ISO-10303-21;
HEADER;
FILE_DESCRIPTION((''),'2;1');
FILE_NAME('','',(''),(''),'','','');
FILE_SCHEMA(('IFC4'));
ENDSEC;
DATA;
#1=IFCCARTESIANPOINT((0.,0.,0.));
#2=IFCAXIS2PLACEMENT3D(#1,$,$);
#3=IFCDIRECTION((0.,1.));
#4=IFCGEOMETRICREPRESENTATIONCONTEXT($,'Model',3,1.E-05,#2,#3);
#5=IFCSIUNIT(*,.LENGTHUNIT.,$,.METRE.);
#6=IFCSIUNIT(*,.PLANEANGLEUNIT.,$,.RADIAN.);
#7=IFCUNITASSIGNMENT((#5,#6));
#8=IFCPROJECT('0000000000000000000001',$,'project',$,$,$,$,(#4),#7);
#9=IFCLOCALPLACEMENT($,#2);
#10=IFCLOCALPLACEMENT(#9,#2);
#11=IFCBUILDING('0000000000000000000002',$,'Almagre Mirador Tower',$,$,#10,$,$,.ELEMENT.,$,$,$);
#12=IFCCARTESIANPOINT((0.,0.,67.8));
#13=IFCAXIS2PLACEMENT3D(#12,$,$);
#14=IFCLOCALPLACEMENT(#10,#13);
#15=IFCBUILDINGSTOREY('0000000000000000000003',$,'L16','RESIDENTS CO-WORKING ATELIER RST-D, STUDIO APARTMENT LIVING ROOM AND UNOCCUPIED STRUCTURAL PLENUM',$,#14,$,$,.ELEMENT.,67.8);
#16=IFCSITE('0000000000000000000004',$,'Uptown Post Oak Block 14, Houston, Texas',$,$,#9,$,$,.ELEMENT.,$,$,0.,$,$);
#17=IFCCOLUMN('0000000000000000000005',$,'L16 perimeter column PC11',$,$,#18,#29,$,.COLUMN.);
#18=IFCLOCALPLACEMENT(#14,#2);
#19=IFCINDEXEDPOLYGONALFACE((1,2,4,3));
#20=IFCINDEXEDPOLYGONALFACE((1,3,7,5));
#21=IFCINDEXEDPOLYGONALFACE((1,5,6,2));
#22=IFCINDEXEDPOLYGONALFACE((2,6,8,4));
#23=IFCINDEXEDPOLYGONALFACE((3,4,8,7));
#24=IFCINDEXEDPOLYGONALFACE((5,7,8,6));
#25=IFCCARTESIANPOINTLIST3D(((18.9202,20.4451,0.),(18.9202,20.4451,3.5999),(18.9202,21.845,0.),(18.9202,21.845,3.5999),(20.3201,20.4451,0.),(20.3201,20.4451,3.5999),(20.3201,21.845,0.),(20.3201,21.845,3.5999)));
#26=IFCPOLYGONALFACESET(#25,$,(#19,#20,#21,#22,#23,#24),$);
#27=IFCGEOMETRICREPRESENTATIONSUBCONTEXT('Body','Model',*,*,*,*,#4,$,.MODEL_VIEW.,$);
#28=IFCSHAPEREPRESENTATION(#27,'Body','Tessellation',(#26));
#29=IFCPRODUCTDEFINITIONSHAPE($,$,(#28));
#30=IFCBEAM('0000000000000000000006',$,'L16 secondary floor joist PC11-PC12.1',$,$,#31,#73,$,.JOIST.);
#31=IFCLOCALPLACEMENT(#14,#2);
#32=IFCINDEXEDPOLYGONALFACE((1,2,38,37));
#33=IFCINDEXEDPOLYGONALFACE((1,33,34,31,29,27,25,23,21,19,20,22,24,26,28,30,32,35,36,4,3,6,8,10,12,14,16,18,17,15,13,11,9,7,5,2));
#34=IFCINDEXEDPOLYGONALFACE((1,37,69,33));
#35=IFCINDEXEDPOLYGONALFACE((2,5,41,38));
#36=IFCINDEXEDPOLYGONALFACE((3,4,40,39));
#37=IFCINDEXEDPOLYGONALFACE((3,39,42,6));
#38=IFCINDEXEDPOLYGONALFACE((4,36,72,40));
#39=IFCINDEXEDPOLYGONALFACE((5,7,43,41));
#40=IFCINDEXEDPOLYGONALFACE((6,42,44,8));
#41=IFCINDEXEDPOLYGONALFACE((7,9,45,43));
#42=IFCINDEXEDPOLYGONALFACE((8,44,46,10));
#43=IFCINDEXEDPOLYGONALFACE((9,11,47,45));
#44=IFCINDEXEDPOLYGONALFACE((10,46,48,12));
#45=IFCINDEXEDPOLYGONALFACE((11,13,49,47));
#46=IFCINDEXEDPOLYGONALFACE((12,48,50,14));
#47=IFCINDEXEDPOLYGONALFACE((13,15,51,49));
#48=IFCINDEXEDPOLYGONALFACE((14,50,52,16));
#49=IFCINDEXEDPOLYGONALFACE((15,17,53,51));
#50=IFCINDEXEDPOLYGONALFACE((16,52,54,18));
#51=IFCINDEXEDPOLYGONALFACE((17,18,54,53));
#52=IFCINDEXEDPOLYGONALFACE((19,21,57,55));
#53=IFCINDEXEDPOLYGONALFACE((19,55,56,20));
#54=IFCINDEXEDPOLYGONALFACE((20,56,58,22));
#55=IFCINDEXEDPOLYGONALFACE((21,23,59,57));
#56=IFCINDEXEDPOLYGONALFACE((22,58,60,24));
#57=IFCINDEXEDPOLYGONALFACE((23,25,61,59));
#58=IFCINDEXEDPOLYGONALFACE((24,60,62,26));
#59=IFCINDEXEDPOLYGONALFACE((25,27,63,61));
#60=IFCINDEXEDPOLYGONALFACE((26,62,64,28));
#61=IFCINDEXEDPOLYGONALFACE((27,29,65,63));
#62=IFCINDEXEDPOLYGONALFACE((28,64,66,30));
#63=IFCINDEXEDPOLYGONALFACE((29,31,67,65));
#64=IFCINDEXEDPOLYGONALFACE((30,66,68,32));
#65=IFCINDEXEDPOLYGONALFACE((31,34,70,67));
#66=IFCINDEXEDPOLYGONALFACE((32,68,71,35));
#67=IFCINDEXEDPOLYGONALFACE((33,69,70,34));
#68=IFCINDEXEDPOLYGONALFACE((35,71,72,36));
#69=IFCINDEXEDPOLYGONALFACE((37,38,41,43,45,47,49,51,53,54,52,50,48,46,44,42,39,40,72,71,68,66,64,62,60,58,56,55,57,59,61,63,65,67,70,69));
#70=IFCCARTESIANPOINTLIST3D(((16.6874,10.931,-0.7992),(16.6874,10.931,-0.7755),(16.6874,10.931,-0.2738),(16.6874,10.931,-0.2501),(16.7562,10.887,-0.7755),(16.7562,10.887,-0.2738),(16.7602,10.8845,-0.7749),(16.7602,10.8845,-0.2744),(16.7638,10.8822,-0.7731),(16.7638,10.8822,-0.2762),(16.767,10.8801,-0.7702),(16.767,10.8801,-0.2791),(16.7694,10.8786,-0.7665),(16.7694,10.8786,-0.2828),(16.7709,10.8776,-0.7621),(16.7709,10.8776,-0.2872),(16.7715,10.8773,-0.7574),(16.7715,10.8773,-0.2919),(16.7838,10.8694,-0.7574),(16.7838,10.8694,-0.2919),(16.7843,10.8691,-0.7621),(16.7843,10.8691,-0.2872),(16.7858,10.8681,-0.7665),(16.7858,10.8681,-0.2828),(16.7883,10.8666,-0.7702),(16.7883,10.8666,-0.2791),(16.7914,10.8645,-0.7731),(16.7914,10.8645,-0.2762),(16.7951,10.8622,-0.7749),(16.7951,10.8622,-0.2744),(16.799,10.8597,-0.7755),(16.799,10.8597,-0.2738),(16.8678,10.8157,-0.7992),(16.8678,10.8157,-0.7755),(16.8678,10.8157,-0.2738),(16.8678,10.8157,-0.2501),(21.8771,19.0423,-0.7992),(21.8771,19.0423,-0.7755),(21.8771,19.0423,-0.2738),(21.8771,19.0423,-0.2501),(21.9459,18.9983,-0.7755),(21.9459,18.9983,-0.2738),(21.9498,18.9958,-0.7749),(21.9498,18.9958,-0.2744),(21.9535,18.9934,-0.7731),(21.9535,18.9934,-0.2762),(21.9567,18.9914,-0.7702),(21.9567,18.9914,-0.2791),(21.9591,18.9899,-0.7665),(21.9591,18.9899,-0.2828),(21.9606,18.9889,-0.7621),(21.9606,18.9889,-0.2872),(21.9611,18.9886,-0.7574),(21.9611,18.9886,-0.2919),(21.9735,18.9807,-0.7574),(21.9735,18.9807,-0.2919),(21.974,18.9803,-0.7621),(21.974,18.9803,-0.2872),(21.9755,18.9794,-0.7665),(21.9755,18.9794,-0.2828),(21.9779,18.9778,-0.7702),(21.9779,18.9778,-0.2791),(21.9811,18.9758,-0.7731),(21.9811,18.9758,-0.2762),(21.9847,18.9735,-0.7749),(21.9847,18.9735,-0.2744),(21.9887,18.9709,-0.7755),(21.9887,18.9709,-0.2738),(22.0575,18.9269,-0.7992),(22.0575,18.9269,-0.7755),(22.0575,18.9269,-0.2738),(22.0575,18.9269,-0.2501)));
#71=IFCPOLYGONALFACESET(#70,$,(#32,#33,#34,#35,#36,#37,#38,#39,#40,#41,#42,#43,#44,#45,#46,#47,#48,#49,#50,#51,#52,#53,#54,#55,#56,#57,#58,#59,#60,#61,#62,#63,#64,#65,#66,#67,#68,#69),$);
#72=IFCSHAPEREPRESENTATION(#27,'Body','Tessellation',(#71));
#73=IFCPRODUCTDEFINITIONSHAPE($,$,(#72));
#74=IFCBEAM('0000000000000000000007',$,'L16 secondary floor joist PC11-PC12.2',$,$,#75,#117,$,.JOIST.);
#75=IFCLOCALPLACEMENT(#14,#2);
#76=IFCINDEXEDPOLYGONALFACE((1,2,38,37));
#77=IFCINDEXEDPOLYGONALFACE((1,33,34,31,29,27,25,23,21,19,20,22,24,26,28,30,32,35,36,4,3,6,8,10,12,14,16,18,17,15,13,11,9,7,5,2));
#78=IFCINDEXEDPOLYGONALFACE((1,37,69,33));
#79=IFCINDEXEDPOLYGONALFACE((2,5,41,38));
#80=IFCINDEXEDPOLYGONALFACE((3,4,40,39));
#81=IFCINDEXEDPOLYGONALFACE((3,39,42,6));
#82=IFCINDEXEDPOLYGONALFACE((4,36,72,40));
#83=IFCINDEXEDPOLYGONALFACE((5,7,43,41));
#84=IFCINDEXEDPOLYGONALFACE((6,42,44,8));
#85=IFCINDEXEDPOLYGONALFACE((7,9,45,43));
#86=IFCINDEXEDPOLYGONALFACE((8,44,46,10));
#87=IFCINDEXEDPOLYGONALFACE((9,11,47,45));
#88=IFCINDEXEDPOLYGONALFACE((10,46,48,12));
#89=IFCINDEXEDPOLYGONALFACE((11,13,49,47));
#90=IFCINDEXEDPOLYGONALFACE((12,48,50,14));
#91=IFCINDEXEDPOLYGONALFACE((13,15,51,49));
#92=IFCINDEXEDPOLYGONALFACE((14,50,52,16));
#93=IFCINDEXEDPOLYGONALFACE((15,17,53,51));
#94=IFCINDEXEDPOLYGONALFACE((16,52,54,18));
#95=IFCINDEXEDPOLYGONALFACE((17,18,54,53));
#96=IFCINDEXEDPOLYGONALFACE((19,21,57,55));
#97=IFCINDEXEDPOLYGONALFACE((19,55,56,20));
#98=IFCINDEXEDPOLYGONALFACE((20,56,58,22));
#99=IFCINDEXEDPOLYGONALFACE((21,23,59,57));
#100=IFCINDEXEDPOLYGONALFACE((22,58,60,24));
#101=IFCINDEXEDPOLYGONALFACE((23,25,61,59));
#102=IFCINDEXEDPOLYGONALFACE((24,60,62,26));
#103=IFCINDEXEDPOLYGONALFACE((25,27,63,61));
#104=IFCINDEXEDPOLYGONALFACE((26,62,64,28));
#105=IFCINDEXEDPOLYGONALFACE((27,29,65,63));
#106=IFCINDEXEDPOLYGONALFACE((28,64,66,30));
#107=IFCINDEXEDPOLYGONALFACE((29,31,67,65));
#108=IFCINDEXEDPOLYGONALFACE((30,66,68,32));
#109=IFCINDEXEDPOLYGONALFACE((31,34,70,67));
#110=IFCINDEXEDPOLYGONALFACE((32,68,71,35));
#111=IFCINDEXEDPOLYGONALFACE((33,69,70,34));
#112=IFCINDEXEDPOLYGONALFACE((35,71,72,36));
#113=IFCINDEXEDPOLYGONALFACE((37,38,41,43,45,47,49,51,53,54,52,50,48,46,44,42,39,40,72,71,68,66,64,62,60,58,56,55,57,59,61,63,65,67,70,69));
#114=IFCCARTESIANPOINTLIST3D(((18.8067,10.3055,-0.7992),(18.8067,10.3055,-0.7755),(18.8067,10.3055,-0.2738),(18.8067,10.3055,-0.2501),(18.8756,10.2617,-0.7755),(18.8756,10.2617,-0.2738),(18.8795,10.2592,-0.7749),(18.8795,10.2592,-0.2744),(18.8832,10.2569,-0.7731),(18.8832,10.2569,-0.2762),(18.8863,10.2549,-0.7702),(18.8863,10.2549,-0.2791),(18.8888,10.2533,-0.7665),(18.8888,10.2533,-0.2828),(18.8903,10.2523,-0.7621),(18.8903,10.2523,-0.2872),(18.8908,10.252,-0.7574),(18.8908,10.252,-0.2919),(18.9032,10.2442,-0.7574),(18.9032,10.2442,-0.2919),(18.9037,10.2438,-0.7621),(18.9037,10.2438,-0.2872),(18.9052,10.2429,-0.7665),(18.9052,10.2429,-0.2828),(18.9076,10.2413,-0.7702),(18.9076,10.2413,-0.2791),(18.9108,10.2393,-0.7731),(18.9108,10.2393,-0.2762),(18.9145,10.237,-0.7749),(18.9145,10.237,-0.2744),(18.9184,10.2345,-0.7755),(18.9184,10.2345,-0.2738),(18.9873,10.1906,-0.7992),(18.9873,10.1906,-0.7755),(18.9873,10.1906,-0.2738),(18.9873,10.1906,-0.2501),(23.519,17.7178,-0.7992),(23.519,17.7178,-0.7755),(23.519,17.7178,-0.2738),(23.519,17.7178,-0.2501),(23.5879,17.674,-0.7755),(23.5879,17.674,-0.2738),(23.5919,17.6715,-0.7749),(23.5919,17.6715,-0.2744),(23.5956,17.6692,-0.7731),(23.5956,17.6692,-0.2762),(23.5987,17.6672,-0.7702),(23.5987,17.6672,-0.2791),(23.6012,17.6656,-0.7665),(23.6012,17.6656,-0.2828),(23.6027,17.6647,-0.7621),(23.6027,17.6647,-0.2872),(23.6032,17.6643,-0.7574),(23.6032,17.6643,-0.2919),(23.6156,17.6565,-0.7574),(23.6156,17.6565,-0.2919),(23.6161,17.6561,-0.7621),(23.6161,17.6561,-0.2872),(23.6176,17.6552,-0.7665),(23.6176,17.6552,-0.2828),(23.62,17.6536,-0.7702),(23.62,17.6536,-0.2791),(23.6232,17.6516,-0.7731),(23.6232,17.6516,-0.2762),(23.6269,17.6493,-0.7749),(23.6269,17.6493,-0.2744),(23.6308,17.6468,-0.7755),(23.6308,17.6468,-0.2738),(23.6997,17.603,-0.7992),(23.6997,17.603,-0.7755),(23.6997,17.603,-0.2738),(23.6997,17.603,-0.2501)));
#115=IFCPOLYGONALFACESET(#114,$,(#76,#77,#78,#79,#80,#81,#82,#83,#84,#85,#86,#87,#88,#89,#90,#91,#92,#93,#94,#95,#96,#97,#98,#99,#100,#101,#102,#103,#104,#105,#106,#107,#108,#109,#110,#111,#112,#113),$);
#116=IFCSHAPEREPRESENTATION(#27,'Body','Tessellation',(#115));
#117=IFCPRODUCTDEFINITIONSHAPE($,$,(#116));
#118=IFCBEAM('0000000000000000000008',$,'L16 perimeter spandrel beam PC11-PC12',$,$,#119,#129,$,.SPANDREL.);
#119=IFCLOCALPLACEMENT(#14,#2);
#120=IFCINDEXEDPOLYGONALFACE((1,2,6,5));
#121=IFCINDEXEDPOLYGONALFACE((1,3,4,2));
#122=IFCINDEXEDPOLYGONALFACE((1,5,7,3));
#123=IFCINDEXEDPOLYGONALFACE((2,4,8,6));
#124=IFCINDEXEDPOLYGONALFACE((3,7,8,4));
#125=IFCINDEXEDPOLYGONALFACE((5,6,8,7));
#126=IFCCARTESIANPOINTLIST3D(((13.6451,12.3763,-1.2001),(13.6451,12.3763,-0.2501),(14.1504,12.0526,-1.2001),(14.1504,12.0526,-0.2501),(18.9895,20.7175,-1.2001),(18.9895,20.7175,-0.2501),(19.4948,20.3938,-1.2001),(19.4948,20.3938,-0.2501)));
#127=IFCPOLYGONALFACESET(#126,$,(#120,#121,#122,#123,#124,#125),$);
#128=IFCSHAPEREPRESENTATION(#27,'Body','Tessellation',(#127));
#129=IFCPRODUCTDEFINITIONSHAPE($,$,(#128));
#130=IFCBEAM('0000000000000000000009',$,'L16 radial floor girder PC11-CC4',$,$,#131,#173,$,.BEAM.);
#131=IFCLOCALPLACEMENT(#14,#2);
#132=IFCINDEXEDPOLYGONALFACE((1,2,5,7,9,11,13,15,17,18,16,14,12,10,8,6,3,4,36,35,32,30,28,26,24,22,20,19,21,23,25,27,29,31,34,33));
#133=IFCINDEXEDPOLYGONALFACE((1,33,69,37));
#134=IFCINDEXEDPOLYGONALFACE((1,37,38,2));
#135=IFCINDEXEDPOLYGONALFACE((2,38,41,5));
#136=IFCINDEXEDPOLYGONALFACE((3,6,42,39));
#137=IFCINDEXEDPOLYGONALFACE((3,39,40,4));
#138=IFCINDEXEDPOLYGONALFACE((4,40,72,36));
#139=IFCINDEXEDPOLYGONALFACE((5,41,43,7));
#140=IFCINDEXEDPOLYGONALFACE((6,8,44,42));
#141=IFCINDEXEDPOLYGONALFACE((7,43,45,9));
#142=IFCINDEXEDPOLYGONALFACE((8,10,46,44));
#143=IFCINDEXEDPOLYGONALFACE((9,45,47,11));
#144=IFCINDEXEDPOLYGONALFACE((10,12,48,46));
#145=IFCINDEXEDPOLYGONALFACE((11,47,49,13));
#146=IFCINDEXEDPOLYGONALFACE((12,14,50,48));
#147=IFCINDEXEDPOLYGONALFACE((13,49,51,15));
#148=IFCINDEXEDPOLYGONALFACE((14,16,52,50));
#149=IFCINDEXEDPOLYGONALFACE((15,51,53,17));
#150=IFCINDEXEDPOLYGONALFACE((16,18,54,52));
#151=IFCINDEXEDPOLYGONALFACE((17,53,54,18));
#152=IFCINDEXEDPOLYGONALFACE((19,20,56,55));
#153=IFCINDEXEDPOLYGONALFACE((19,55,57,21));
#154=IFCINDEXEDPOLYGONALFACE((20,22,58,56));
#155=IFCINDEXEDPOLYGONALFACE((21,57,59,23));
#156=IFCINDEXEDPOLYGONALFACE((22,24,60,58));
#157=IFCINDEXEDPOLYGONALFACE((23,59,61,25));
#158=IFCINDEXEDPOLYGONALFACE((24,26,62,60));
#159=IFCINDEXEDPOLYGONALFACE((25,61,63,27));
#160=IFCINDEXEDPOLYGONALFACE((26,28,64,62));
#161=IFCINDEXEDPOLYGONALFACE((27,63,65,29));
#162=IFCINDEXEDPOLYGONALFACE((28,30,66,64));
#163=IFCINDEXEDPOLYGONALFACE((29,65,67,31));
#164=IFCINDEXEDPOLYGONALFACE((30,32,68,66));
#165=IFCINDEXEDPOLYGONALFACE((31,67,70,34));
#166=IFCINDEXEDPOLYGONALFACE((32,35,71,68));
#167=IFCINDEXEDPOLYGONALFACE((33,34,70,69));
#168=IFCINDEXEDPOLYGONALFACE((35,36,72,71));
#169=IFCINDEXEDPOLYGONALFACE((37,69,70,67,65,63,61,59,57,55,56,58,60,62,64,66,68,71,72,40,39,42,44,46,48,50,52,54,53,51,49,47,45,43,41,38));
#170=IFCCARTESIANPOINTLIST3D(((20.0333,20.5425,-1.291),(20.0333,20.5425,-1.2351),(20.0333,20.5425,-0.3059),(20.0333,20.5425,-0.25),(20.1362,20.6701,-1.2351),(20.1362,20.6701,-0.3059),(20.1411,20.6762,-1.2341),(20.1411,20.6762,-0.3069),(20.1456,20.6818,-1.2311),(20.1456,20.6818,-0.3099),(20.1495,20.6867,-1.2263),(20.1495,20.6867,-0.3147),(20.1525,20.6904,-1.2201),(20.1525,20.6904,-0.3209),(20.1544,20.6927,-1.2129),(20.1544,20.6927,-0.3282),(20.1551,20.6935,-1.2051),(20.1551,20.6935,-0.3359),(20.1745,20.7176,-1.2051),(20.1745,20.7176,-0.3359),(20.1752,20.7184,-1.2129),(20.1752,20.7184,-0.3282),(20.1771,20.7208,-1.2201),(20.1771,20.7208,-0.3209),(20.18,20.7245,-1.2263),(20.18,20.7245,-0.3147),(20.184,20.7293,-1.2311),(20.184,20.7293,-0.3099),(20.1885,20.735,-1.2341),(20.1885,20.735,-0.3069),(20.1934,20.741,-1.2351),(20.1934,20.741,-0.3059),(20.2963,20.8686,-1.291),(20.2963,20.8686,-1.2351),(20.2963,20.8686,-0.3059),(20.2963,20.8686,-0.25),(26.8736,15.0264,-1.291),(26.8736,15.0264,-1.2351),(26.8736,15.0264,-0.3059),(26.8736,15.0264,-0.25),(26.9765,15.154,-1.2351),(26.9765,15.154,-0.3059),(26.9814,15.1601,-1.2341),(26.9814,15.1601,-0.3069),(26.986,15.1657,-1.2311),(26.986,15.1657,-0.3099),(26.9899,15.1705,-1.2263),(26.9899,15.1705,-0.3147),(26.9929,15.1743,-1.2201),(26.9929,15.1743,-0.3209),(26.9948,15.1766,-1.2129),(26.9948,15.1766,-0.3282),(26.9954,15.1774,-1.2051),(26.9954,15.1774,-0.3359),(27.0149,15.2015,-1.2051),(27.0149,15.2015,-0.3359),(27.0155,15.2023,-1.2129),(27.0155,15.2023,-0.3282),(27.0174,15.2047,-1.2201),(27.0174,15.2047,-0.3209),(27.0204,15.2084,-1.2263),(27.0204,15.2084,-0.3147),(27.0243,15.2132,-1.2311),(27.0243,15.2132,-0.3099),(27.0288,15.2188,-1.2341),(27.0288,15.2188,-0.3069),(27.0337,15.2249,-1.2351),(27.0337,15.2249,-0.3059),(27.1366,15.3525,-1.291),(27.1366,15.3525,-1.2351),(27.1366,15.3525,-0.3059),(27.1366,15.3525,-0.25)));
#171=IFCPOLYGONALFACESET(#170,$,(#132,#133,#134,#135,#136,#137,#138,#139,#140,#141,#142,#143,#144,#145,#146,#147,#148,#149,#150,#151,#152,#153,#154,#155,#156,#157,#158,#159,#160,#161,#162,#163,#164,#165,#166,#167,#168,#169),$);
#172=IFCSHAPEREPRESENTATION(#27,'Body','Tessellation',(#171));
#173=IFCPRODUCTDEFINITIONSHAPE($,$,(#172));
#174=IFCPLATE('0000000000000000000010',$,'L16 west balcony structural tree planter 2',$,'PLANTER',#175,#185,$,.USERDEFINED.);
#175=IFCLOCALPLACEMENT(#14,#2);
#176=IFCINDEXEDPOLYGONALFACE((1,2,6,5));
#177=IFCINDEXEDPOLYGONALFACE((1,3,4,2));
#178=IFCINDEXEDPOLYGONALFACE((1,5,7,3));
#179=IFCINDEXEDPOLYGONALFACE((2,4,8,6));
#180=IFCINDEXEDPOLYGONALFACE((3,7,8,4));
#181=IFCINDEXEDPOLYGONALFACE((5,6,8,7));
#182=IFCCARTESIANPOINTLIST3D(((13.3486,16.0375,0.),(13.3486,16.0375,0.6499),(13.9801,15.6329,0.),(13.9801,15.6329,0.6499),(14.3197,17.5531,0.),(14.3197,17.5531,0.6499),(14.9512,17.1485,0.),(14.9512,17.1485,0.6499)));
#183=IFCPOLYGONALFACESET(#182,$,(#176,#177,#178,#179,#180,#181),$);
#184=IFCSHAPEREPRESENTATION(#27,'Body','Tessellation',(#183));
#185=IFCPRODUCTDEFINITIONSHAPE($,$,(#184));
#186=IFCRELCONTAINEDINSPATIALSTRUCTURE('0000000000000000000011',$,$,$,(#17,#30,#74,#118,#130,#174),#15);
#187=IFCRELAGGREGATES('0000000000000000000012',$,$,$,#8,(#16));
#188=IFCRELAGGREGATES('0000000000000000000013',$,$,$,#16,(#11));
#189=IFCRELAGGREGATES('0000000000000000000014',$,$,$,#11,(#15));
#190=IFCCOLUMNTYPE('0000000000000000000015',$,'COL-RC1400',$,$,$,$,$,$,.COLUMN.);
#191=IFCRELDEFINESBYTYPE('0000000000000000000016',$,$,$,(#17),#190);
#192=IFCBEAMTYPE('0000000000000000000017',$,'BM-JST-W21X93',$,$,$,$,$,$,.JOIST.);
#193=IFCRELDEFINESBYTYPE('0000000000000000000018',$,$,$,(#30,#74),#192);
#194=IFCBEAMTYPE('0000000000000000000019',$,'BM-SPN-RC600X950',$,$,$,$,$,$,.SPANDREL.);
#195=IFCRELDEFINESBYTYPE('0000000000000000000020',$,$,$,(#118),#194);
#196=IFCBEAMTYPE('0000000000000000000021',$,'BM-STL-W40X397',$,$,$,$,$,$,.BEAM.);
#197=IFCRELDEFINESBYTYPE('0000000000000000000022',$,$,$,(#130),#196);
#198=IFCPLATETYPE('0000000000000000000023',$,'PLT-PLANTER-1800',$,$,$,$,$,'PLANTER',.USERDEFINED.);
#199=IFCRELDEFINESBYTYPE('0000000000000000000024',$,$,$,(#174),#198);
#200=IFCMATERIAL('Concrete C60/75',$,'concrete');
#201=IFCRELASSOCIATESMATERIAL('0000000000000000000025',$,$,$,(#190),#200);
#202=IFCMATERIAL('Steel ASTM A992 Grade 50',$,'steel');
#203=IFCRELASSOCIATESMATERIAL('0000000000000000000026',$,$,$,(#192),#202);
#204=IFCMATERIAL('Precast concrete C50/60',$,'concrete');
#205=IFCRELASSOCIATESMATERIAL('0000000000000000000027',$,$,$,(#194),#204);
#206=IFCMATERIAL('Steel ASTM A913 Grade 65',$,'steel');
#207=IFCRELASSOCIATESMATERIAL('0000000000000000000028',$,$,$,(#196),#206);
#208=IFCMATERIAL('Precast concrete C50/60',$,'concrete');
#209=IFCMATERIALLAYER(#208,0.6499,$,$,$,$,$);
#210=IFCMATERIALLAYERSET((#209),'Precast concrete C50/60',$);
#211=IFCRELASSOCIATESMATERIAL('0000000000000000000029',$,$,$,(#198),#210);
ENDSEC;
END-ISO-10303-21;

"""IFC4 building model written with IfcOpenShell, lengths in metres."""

from ifc_helpers import new_model, si_unit, direction, frame, origin, origin_2d, place, context, subcontext, project, spatial, rectangle, i_section, extrude, material, layer, layer_set, material_profile, profile_set, type_object, element, save


model = new_model("IFC4")

# Units and contexts
model_context = context("Model", 3, precision=1e-05, world=origin(), true_north=direction((0.0, 1.0)))
body_context = subcontext(model_context, "Body", "Model", "MODEL_VIEW")
ifc_project = project(units=[si_unit("LENGTHUNIT", "METRE"), si_unit("PLANEANGLEUNIT", "RADIAN")], contexts=[model_context])

# Site, building, storey
site_placement = place(None, origin())
site = spatial("IfcSite", under=ifc_project, at=site_placement, Name="Uptown Post Oak Block 14, Houston, Texas", CompositionType="ELEMENT", RefElevation=0.0)
building_placement = place(site_placement, origin())
building = spatial("IfcBuilding", under=site, at=building_placement, Name="Almagre Mirador Tower", CompositionType="ELEMENT")
storey_placement = place(building_placement, frame((0.0, 0.0, 67.8)))
storey = spatial("IfcBuildingStorey", under=building, at=storey_placement, Name="L16", Description="RESIDENTS CO-WORKING ATELIER RST-D, STUDIO APARTMENT LIVING ROOM AND UNOCCUPIED STRUCTURAL PLENUM", CompositionType="ELEMENT", Elevation=67.8)

# Column
ifc_material_1 = material(Name="Concrete C60/75", Category="concrete")
ifc_material_profile_1 = material_profile(ifc_material_1, rectangle(XDim=1.3999, YDim=1.3999, at=origin_2d()), Name="RC1400X1400")
ifc_profile_set_1 = profile_set([ifc_material_profile_1], Name="Concrete C60/75")
column_type = type_object("IfcColumnType", Name="COL-RC1400", PredefinedType="COLUMN", material=ifc_profile_set_1)
column_placement = place(storey_placement, frame((19.6201, 21.145, 0.0), z_axis=(0.0, 0.0, 1.0), x_axis=(1.0, 0.0, 0.0)))
element("IfcColumn", 1, at=column_placement, inside=storey, type_object=column_type, Name="L16 perimeter column PC11", PredefinedType="COLUMN", context=body_context, shape_type="SweptSolid", body=[
    extrude(rectangle(XDim=1.3999, YDim=1.3999, at=origin_2d()), origin(), (0.0, 0.0, 1.0), 3.5999),
])

# Beams
ifc_material_2 = material(Name="Steel ASTM A992 Grade 50", Category="steel")
ifc_material_profile_2 = material_profile(ifc_material_2, i_section(OverallWidth=0.2141, OverallDepth=0.5491, WebThickness=0.0146, FlangeThickness=0.0237, FilletRadius=0.0181, at=origin_2d()), Name="W21X93")
ifc_profile_set_2 = profile_set([ifc_material_profile_2], Name="Steel ASTM A992 Grade 50")
beam_type_1 = type_object("IfcBeamType", Name="BM-JST-W21X93", PredefinedType="JOIST", material=ifc_profile_set_2)
beam_1_placement = place(storey_placement, frame((21.9673, 18.9846, -0.5247), z_axis=(-0.538939, -0.842345, 0.0), x_axis=(0.842345, -0.538939, 0.0)))
element("IfcBeam", 2, at=beam_1_placement, inside=storey, type_object=beam_type_1, Name="L16 secondary floor joist PC11-PC12.1", PredefinedType="JOIST", context=body_context, shape_type="SweptSolid", body=[
    extrude(i_section(OverallWidth=0.2141, OverallDepth=0.5491, WebThickness=0.0146, FlangeThickness=0.0237, FilletRadius=0.0181, at=origin_2d()), origin(), (0.0, 0.0, 1.0), 9.6294),
])
beam_2_placement = place(storey_placement, frame((23.6094, 17.6604, -0.5247), z_axis=(-0.536507, -0.843896, 0.0), x_axis=(0.843896, -0.536507, 0.0)))
element("IfcBeam", 3, at=beam_2_placement, inside=storey, type_object=beam_type_1, Name="L16 secondary floor joist PC11-PC12.2", PredefinedType="JOIST", context=body_context, shape_type="SweptSolid", body=[
    extrude(i_section(OverallWidth=0.2141, OverallDepth=0.5491, WebThickness=0.0146, FlangeThickness=0.0237, FilletRadius=0.0181, at=origin_2d()), origin(), (0.0, 0.0, 1.0), 8.7834),
])
ifc_material_3 = material(Name="Precast concrete C50/60", Category="concrete")
ifc_material_profile_3 = material_profile(ifc_material_3, rectangle(XDim=0.6001, YDim=0.95, at=origin_2d()), Name="RC600X950")
ifc_profile_set_3 = profile_set([ifc_material_profile_3], Name="Precast concrete C50/60")
beam_type_2 = type_object("IfcBeamType", Name="BM-SPN-RC600X950", PredefinedType="SPANDREL", material=ifc_profile_set_3)
beam_3_placement = place(storey_placement, frame((19.2422, 20.5557, -0.7251), z_axis=(-0.539487, -0.841994, 0.0), x_axis=(0.841994, -0.539487, 0.0)))
element("IfcBeam", 4, at=beam_3_placement, inside=storey, type_object=beam_type_2, Name="L16 perimeter spandrel beam PC11-PC12", PredefinedType="SPANDREL", context=body_context, shape_type="SweptSolid", body=[
    extrude(rectangle(XDim=0.6001, YDim=0.95, at=origin_2d()), origin(), (0.0, 0.0, 1.0), 9.9065),
])
ifc_material_4 = material(Name="Steel ASTM A913 Grade 65", Category="steel")
ifc_material_profile_4 = material_profile(ifc_material_4, i_section(OverallWidth=0.4189, OverallDepth=1.041, WebThickness=0.031, FlangeThickness=0.0559, FilletRadius=0.03, at=origin_2d()), Name="W40X397")
ifc_profile_set_4 = profile_set([ifc_material_profile_4], Name="Steel ASTM A913 Grade 65")
beam_type_3 = type_object("IfcBeamType", Name="BM-STL-W40X397", PredefinedType="BEAM", material=ifc_profile_set_4)
beam_4_placement = place(storey_placement, frame((20.1648, 20.7056, -0.7705), z_axis=(0.778429, -0.627733, 0.0), x_axis=(0.627733, 0.778429, 0.0)))
element("IfcBeam", 5, at=beam_4_placement, inside=storey, type_object=beam_type_3, Name="L16 radial floor girder PC11-CC4", PredefinedType="BEAM", context=body_context, shape_type="SweptSolid", body=[
    extrude(i_section(OverallWidth=0.4189, OverallDepth=1.041, WebThickness=0.031, FlangeThickness=0.0559, FilletRadius=0.03, at=origin_2d()), origin(), (0.0, 0.0, 1.0), 8.7874),
])

# Plate
ifc_material_5 = material(Name="Precast concrete C50/60", Category="concrete")
ifc_layer_1 = layer(ifc_material_5, 0.6499)
ifc_layer_set_1 = layer_set([ifc_layer_1], Name="Precast concrete C50/60")
plate_type = type_object("IfcPlateType", Name="PLT-PLANTER-1800", ElementType="PLANTER", PredefinedType="USERDEFINED", material=ifc_layer_set_1)
plate_placement = place(storey_placement, frame((14.1499, 16.593, 0.0), z_axis=(0.0, 0.0, 1.0), x_axis=(-0.539506, -0.841982, 0.0)))
element("IfcPlate", 6, at=plate_placement, inside=storey, type_object=plate_type, Name="L16 west balcony structural tree planter 2", ObjectType="PLANTER", PredefinedType="USERDEFINED", context=body_context, shape_type="SweptSolid", body=[
    extrude(rectangle(XDim=1.8, YDim=0.75, at=origin_2d()), origin(), (0.0, 0.0, 1.0), 0.6499),
])

save(model, "model.ifc")
